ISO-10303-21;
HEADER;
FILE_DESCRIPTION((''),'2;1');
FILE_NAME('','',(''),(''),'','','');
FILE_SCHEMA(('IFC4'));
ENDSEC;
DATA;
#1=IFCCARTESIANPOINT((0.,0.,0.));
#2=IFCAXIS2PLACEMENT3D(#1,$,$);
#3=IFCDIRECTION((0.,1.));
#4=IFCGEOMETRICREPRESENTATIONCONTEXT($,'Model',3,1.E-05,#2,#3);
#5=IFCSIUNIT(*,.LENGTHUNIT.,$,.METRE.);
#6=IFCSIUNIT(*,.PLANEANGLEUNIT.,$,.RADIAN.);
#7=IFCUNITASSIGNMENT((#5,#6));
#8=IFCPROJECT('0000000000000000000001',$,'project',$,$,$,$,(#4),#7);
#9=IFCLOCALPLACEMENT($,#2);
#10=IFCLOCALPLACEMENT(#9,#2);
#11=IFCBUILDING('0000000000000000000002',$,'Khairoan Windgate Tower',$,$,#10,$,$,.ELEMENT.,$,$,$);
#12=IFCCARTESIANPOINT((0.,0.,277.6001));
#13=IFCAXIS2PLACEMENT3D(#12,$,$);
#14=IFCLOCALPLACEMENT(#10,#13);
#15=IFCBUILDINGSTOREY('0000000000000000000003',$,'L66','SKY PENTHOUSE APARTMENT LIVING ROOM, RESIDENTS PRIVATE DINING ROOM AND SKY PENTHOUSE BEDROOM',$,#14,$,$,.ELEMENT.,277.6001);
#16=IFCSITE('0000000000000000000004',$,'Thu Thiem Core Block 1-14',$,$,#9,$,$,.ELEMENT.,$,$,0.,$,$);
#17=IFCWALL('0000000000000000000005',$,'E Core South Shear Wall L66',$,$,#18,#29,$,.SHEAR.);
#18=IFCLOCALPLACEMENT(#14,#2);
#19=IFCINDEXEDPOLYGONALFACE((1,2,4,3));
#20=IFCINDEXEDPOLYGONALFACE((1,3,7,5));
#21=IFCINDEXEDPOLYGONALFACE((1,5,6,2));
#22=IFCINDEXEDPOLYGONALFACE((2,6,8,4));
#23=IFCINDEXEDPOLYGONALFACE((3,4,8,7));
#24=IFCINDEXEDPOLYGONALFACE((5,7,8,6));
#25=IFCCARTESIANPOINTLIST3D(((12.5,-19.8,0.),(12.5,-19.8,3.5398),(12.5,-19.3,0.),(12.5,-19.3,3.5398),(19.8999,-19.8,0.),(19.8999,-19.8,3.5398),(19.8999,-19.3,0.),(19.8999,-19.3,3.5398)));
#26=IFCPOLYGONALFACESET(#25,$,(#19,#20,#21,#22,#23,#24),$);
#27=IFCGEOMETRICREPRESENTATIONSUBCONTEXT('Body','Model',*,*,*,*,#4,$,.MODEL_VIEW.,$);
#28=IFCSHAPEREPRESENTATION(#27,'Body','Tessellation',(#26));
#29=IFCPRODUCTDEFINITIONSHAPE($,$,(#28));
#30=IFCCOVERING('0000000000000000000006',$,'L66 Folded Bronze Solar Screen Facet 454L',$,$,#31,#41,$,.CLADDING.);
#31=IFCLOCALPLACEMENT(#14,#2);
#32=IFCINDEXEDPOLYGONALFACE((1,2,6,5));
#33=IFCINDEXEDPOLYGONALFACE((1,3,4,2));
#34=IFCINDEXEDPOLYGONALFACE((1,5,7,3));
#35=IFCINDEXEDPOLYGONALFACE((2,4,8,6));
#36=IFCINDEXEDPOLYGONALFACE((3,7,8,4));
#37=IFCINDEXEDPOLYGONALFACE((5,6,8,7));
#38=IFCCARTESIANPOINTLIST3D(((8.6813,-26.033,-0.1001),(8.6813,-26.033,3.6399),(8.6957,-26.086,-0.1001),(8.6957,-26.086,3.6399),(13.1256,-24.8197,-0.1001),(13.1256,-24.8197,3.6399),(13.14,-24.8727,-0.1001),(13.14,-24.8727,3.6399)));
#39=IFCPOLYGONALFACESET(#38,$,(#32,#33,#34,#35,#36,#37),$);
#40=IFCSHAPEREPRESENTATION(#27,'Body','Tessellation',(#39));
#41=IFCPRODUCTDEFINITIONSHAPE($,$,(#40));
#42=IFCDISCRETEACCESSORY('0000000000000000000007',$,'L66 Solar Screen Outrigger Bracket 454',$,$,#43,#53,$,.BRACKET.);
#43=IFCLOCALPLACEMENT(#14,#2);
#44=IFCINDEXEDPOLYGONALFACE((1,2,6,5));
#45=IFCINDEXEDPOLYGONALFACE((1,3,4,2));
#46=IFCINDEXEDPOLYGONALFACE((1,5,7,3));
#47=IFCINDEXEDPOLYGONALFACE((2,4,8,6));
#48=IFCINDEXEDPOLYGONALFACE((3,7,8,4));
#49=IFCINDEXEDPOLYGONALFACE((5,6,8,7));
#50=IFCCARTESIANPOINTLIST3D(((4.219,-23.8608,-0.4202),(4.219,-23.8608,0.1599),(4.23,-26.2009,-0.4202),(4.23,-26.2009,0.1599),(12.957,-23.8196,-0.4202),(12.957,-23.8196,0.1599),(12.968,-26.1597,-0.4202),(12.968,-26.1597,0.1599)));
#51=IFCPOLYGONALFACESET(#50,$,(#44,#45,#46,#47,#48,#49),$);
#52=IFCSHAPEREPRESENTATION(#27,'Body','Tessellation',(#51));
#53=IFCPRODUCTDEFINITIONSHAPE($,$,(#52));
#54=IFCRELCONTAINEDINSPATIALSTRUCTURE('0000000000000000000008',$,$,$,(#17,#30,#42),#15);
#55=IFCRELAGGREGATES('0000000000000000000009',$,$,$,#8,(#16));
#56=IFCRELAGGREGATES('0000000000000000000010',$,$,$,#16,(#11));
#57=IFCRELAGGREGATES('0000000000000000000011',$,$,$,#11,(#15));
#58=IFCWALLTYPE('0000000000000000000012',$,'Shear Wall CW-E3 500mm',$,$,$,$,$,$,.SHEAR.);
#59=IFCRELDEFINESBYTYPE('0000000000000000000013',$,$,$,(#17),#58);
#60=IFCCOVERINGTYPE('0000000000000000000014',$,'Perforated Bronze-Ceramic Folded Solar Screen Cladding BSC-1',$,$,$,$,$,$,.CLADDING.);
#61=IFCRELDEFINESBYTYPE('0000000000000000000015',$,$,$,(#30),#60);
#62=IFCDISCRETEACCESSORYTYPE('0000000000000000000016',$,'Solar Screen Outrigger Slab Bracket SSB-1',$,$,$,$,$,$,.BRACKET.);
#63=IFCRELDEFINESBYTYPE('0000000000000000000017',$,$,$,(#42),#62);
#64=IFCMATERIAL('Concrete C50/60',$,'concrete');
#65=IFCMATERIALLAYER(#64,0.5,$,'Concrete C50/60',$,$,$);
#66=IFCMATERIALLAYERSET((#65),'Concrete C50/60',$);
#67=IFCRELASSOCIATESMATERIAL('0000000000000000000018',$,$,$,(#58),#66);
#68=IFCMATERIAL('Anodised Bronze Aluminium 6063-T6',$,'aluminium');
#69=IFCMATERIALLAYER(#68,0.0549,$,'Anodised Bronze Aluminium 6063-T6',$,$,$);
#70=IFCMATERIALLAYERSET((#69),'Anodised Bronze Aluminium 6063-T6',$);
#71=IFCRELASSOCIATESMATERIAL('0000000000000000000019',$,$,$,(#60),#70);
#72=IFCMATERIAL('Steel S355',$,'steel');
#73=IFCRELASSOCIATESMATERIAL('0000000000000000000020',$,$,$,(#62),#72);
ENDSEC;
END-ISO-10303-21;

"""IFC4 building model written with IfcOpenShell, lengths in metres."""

from ifc_helpers import new_model, si_unit, direction, frame, frame_2d, origin, origin_2d, place, context, subcontext, project, spatial, rectangle, extrude, material, layer, layer_set, type_object, element, save


model = new_model("IFC4")

# Units and contexts
model_context = context("Model", 3, precision=1e-05, world=origin(), true_north=direction((0.0, 1.0)))
body_context = subcontext(model_context, "Body", "Model", "MODEL_VIEW")
ifc_project = project(units=[si_unit("LENGTHUNIT", "METRE"), si_unit("PLANEANGLEUNIT", "RADIAN")], contexts=[model_context])

# Site, building, storey
site_placement = place(None, origin())
site = spatial("IfcSite", under=ifc_project, at=site_placement, Name="Thu Thiem Core Block 1-14", CompositionType="ELEMENT", RefElevation=0.0)
building_placement = place(site_placement, origin())
building = spatial("IfcBuilding", under=site, at=building_placement, Name="Khairoan Windgate Tower", CompositionType="ELEMENT")
storey_placement = place(building_placement, frame((0.0, 0.0, 277.6001)))
storey = spatial("IfcBuildingStorey", under=building, at=storey_placement, Name="L66", Description="SKY PENTHOUSE APARTMENT LIVING ROOM, RESIDENTS PRIVATE DINING ROOM AND SKY PENTHOUSE BEDROOM", CompositionType="ELEMENT", Elevation=277.6001)

# Shared definitions
ifc_material_1 = material(Name="Concrete C50/60", Category="concrete")
ifc_layer_1 = layer(ifc_material_1, 0.5, Name="Concrete C50/60")
ifc_layer_set_1 = layer_set([ifc_layer_1], Name="Concrete C50/60")
wall_type_1 = type_object("IfcWallType", Name="Shear Wall CW-E3 500mm", PredefinedType="SHEAR", material=ifc_layer_set_1)

# Wall
wall_1_placement = place(storey_placement, frame((12.5, -19.55, 0.0), z_axis=(0.0, 0.0, 1.0), x_axis=(1.0, 0.0, 0.0)))
element("IfcWall", 1, at=wall_1_placement, inside=storey, type_object=wall_type_1, Name="E Core South Shear Wall L66", PredefinedType="SHEAR", context=body_context, shape_type="SweptSolid", body=[
    extrude(rectangle(XDim=7.3999, YDim=0.5, at=frame_2d((3.7, 0.0))), origin(), (0.0, 0.0, 1.0), 3.5398),
])

# Covering
ifc_material_2 = material(Name="Anodised Bronze Aluminium 6063-T6", Category="aluminium")
ifc_layer_2 = layer(ifc_material_2, 0.0549, Name="Anodised Bronze Aluminium 6063-T6")
ifc_layer_set_2 = layer_set([ifc_layer_2], Name="Anodised Bronze Aluminium 6063-T6")
covering_type = type_object("IfcCoveringType", Name="Perforated Bronze-Ceramic Folded Solar Screen Cladding BSC-1", PredefinedType="CLADDING", material=ifc_layer_set_2)
covering_placement = place(storey_placement, frame((10.9106, -25.4529, -0.1001), z_axis=(0.0, 0.0, 1.0), x_axis=(-0.964695, -0.263368, 0.0)))
element("IfcCovering", 2, at=covering_placement, inside=storey, type_object=covering_type, Name="L66 Folded Bronze Solar Screen Facet 454L", PredefinedType="CLADDING", context=body_context, shape_type="SweptSolid", body=[
    extrude(rectangle(XDim=4.6069, YDim=0.0549, at=origin_2d()), origin(), (0.0, 0.0, 1.0), 3.74),
])

# Discrete accessory
ifc_material_3 = material(Name="Steel S355", Category="steel")
discrete_accessory_type = type_object("IfcDiscreteAccessoryType", Name="Solar Screen Outrigger Slab Bracket SSB-1", PredefinedType="BRACKET", material=ifc_material_3)
discrete_accessory_placement = place(storey_placement, frame((8.5935, -25.0103, -0.4202), z_axis=(0.0, 0.0, 1.0), x_axis=(-0.999989, -0.004712, 0.0)))
element("IfcDiscreteAccessory", 3, at=discrete_accessory_placement, inside=storey, type_object=discrete_accessory_type, Name="L66 Solar Screen Outrigger Bracket 454", PredefinedType="BRACKET", context=body_context, shape_type="SweptSolid", body=[
    extrude(rectangle(XDim=8.738, YDim=2.3401, at=origin_2d()), origin(), (0.0, 0.0, 1.0), 0.5801),
])

save(model, "model.ifc")
